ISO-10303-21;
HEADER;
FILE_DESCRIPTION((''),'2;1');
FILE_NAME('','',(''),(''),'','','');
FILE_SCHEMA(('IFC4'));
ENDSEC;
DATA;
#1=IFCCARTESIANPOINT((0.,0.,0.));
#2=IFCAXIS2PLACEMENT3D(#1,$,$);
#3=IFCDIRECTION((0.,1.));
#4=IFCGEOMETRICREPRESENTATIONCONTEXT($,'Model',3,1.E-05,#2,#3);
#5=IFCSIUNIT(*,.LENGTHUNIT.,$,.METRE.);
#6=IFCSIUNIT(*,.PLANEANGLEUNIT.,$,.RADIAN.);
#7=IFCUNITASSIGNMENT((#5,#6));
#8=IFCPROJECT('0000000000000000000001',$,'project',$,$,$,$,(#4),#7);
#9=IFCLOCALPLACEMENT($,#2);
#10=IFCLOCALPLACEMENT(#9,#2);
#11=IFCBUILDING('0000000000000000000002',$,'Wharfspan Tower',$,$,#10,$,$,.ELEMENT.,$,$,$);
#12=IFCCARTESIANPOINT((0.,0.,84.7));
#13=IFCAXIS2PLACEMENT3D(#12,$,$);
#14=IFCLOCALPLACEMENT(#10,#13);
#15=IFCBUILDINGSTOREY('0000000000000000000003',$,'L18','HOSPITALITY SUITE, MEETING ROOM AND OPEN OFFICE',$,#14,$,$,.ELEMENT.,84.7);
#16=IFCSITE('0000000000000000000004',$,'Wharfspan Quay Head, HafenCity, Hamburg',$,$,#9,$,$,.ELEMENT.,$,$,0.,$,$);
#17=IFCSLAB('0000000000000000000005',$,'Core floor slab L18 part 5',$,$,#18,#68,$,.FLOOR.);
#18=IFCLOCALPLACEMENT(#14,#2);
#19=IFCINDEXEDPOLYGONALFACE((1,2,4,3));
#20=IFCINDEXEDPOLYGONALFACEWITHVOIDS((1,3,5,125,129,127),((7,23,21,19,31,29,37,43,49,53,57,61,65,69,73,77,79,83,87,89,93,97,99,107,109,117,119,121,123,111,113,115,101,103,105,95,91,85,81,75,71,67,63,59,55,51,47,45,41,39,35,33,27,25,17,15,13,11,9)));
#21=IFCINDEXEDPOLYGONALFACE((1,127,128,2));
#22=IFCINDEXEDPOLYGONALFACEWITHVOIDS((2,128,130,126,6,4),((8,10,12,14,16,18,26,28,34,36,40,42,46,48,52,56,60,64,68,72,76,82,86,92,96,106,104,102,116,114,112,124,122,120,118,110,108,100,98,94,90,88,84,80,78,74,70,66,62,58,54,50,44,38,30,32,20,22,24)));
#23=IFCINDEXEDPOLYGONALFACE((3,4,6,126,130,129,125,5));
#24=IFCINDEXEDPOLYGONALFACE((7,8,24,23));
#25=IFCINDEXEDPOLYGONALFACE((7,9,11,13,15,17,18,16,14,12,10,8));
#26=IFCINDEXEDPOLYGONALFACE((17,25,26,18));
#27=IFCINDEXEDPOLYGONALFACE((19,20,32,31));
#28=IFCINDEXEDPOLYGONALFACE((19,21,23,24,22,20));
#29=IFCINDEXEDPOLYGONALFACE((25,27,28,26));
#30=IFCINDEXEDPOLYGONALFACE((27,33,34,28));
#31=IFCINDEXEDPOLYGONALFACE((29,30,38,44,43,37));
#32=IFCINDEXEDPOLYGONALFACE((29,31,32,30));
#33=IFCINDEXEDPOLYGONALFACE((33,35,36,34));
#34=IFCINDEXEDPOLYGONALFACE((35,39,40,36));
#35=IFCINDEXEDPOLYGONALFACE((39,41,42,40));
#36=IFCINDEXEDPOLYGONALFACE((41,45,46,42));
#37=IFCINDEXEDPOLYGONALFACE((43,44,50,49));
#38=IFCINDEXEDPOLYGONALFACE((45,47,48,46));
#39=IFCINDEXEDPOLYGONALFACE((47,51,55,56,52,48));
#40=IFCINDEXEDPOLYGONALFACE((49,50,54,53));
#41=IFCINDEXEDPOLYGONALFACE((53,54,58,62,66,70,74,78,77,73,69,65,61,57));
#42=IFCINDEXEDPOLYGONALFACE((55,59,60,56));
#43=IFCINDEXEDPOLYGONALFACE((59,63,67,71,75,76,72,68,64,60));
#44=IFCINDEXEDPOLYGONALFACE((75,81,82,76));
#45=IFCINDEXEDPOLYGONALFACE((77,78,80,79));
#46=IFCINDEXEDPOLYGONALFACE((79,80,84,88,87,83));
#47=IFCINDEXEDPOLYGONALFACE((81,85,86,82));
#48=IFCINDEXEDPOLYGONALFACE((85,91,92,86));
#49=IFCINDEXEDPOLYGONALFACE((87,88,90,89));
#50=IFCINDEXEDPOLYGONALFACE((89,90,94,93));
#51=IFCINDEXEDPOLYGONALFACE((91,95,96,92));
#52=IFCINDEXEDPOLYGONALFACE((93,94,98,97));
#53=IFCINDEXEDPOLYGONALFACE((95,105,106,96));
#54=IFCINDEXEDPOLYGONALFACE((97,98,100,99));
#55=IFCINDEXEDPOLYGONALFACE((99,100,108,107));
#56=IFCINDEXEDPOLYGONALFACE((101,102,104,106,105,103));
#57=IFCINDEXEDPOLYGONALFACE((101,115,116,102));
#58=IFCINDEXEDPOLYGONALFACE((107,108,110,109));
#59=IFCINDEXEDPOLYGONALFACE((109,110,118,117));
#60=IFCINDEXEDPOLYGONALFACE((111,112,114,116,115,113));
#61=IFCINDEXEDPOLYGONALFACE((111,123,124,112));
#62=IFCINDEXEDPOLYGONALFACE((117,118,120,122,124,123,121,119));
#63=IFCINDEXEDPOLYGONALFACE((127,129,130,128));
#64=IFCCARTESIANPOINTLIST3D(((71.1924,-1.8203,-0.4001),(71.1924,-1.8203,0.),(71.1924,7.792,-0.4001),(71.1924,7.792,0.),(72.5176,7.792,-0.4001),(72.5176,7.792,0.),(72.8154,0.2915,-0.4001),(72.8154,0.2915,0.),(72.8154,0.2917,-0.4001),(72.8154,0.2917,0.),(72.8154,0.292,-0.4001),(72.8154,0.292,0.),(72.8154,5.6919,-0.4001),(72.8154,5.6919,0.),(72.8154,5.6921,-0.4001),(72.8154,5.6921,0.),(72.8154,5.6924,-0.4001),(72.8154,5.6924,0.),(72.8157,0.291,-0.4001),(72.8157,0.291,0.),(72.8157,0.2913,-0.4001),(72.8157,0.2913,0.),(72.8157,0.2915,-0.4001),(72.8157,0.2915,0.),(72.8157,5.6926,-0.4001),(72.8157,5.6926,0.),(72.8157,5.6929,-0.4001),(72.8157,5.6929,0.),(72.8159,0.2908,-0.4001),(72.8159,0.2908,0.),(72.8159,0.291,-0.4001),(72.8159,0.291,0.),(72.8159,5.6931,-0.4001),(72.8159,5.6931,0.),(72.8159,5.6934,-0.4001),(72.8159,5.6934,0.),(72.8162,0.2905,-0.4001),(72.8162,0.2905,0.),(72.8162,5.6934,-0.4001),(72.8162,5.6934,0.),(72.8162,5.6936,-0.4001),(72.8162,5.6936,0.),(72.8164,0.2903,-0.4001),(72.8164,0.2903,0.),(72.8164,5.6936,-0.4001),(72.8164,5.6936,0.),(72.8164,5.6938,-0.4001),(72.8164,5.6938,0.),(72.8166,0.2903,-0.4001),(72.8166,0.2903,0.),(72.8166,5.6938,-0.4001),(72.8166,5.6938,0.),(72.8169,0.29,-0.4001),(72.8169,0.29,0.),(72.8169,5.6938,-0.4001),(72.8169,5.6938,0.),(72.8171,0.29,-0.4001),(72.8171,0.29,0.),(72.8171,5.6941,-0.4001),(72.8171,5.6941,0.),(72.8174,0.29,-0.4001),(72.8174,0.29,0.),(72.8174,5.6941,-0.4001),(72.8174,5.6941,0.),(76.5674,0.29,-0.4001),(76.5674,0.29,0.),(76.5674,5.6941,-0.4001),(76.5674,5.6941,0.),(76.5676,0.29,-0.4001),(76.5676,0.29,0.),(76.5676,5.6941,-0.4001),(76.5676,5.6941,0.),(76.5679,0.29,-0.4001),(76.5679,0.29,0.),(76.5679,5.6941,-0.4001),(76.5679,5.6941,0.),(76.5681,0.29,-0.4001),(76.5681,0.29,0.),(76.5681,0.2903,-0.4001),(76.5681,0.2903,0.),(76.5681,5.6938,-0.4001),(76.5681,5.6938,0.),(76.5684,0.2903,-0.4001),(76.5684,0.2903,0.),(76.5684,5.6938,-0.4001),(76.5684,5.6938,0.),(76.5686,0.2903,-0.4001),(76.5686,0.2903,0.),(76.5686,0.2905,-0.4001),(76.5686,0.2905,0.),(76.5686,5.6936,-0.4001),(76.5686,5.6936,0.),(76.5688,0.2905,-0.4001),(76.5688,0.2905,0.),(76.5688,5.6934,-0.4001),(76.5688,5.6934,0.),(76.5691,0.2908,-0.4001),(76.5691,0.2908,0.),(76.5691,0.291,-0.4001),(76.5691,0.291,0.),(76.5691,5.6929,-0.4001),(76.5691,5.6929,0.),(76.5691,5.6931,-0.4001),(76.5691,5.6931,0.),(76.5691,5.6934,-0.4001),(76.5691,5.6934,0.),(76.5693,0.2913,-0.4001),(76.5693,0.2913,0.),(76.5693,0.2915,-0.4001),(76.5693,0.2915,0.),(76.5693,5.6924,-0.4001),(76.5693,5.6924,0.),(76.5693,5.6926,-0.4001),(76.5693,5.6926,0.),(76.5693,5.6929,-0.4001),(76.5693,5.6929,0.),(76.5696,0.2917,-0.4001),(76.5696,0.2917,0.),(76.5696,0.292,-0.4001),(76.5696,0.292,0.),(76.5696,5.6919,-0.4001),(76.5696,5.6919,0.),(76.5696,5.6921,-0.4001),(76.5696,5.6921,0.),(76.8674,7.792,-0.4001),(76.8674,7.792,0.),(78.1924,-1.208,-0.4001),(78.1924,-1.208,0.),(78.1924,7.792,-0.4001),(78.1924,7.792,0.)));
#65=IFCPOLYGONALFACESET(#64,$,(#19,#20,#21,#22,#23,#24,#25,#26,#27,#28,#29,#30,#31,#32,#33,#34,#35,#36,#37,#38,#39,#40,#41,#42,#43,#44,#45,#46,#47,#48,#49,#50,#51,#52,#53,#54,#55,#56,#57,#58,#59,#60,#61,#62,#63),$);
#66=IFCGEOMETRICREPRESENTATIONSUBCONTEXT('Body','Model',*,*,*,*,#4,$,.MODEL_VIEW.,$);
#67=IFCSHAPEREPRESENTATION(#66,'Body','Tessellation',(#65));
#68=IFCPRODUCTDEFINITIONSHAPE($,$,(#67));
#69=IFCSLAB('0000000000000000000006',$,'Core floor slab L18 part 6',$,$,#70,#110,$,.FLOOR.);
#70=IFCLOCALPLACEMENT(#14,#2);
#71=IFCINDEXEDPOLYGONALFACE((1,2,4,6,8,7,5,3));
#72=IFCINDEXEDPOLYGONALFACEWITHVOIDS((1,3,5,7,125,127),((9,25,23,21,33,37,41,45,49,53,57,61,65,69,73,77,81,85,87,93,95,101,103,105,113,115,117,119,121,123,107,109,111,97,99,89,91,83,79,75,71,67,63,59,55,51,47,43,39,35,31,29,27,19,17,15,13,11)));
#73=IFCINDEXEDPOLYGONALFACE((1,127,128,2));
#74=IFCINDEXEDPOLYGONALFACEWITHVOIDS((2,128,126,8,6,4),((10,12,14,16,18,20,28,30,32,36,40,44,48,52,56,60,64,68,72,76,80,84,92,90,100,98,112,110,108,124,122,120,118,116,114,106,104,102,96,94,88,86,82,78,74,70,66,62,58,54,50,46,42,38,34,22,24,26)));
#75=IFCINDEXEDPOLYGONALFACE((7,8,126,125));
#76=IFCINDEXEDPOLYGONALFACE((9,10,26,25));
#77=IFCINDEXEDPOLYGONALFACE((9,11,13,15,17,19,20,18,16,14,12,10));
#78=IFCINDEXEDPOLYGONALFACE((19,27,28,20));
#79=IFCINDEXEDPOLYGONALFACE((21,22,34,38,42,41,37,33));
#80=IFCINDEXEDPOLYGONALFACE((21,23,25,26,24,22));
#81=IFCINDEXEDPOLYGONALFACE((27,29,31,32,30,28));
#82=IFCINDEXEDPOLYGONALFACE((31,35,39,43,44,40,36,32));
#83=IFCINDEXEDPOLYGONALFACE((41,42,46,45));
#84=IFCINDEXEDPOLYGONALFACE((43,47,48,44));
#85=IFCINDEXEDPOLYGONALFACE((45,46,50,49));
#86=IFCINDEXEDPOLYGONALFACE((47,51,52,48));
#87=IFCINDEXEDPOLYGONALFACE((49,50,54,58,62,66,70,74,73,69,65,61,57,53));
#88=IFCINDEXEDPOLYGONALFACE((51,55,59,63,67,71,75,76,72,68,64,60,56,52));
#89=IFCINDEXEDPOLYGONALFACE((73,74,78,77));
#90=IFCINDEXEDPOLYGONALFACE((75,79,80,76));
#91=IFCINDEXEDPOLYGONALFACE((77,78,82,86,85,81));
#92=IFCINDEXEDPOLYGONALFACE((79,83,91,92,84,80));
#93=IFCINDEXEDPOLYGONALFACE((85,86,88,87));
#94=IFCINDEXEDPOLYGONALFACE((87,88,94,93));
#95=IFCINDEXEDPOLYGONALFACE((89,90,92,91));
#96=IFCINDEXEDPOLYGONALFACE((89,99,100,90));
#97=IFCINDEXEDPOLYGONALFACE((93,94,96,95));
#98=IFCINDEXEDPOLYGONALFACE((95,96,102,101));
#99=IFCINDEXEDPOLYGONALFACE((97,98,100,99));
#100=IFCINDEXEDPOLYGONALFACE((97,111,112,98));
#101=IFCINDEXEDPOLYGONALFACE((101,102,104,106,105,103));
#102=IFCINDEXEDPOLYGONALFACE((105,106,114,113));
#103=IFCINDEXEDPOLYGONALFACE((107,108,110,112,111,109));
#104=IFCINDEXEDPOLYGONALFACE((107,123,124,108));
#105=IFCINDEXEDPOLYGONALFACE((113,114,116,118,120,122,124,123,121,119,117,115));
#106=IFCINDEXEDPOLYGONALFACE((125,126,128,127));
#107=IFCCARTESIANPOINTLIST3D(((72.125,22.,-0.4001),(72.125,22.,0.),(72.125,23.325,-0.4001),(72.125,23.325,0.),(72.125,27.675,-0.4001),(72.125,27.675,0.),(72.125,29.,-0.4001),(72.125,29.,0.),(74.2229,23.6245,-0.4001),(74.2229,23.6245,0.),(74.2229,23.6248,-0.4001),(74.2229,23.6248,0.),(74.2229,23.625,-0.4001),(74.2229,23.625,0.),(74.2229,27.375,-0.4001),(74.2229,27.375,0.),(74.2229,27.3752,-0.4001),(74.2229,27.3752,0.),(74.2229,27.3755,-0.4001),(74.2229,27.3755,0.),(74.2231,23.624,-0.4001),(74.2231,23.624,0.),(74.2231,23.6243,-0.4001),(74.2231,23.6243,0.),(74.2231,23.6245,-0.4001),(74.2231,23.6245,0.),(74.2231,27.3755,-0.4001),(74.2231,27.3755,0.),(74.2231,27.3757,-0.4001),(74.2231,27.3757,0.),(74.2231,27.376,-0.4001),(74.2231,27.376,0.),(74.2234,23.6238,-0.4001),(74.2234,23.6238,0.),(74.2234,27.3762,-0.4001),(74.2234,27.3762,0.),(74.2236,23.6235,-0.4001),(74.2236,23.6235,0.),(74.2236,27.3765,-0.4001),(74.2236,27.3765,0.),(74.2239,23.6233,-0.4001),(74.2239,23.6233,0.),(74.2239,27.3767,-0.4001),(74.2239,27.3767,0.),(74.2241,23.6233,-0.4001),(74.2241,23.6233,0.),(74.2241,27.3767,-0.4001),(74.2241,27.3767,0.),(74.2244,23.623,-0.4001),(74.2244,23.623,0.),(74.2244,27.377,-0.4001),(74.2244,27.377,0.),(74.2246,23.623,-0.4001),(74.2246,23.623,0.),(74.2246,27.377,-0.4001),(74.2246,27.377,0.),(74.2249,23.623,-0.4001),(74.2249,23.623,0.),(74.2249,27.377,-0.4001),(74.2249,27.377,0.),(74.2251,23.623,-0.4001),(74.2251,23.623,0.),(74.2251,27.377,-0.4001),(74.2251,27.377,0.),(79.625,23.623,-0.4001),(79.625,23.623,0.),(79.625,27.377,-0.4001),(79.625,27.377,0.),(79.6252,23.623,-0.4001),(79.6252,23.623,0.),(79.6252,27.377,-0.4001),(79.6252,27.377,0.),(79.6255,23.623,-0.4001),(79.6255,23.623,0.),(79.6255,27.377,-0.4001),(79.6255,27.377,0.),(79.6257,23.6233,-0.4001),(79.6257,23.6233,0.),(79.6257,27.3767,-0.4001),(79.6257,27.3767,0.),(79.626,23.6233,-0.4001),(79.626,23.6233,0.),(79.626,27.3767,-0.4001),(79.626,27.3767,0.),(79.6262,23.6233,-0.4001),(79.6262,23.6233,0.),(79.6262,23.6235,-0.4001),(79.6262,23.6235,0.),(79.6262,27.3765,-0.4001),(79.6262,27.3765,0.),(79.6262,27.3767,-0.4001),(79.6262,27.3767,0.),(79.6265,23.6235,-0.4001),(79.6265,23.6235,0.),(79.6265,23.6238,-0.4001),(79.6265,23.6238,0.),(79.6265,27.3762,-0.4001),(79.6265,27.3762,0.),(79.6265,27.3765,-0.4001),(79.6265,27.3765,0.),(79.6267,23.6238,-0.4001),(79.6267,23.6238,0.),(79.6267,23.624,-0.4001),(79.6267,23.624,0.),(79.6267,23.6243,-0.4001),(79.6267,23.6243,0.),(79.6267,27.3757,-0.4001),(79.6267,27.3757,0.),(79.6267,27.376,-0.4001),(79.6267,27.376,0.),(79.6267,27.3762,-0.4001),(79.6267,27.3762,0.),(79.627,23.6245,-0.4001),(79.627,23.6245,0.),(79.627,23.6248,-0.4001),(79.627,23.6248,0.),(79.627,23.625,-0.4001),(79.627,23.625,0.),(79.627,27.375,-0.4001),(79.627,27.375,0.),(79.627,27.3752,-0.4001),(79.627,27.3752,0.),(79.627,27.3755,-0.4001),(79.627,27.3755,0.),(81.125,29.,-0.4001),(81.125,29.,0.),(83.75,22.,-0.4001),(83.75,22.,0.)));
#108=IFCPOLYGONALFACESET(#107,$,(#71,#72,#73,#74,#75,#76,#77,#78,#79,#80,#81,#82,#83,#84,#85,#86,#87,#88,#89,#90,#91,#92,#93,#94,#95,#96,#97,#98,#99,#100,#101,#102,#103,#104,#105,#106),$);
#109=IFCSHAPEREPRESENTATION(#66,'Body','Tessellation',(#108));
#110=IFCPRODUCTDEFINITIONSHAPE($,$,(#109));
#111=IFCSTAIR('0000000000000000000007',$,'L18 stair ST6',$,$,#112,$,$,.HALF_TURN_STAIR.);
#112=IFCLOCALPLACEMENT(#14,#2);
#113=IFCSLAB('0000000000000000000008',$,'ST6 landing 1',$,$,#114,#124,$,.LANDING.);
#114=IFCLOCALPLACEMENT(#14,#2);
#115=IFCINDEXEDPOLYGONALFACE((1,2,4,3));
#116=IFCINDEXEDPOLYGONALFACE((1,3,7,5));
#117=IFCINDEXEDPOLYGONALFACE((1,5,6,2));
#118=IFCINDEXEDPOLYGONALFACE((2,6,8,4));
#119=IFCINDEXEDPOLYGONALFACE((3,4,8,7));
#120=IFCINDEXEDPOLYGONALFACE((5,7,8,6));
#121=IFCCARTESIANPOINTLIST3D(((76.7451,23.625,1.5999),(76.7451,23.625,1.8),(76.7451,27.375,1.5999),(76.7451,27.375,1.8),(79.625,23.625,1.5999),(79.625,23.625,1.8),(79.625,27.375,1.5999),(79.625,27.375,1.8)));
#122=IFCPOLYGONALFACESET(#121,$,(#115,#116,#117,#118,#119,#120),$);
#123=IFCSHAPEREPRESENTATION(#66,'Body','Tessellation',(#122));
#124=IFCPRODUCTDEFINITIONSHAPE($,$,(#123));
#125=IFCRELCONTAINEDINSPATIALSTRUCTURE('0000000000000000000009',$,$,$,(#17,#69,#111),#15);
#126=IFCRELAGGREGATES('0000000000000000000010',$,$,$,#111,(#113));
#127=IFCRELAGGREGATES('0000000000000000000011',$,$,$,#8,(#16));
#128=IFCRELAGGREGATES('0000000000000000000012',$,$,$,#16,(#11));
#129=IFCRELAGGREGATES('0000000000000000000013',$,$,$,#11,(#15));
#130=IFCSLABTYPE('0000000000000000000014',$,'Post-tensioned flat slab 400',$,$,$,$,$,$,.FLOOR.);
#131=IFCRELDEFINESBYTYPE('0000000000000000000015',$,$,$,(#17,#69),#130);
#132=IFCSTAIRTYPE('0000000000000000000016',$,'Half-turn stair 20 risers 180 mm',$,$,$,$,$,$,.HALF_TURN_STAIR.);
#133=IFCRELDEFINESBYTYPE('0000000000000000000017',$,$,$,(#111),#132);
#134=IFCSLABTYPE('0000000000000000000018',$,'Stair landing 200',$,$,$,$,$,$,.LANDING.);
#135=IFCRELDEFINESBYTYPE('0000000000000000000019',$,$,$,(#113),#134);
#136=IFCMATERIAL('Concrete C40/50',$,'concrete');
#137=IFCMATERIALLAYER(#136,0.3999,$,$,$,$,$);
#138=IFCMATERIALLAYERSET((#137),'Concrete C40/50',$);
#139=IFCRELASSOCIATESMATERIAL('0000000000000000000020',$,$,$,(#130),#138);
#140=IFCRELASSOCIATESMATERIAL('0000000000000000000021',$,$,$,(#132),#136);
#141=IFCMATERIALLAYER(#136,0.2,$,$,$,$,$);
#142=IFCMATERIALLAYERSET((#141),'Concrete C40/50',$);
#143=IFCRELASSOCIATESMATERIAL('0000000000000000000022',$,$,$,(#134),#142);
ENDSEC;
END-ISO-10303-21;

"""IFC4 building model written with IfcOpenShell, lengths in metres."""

from ifc_helpers import new_model, si_unit, direction, frame, origin, place, context, subcontext, project, spatial, polyline, outline, extrude, material, layer, layer_set, type_object, element, aggregate, save


model = new_model("IFC4")

# Units and contexts
model_context = context("Model", 3, precision=1e-05, world=origin(), true_north=direction((0.0, 1.0)))
body_context = subcontext(model_context, "Body", "Model", "MODEL_VIEW")
ifc_project = project(units=[si_unit("LENGTHUNIT", "METRE"), si_unit("PLANEANGLEUNIT", "RADIAN")], contexts=[model_context])

# Site, building, storey
site_placement = place(None, origin())
site = spatial("IfcSite", under=ifc_project, at=site_placement, Name="Wharfspan Quay Head, HafenCity, Hamburg", CompositionType="ELEMENT", RefElevation=0.0)
building_placement = place(site_placement, origin())
building = spatial("IfcBuilding", under=site, at=building_placement, Name="Wharfspan Tower", CompositionType="ELEMENT")
storey_placement = place(building_placement, frame((0.0, 0.0, 84.7)))
storey = spatial("IfcBuildingStorey", under=building, at=storey_placement, Name="L18", Description="HOSPITALITY SUITE, MEETING ROOM AND OPEN OFFICE", CompositionType="ELEMENT", Elevation=84.7)

# Slabs
ifc_material_1 = material(Name="Concrete C40/50", Category="concrete")
ifc_layer_1 = layer(ifc_material_1, 0.3999)
ifc_layer_set_1 = layer_set([ifc_layer_1], Name="Concrete C40/50")
slab_type_1 = type_object("IfcSlabType", Name="Post-tensioned flat slab 400", PredefinedType="FLOOR", material=ifc_layer_set_1)
slab_1_placement = place(storey_placement, frame((0.0, 0.0, -0.4001)))
element("IfcSlab", 1, at=slab_1_placement, inside=storey, type_object=slab_type_1, Name="Core floor slab L18 part 5", PredefinedType="FLOOR", context=body_context, shape_type="SweptSolid", body=[
    extrude(outline(polyline([(78.1924, 7.792), (76.8674, 7.792), (72.5176, 7.792), (71.1924, 7.792), (71.1924, -1.8203), (78.1924, -1.208), (78.1924, 7.792)]), holes=[polyline([(76.5674, 5.6941), (76.5676, 5.6941), (76.5679, 5.6941), (76.5681, 5.6938), (76.5681, 5.6938), (76.5684, 5.6938), (76.5686, 5.6936), (76.5686, 5.6936), (76.5688, 5.6934), (76.5691, 5.6934), (76.5691, 5.6931), (76.5691, 5.6929), (76.5693, 5.6929), (76.5693, 5.6926), (76.5693, 5.6924), (76.5696, 5.6921), (76.5696, 5.6919), (76.5696, 0.292), (76.5696, 0.2917), (76.5693, 0.2915), (76.5693, 0.2915), (76.5693, 0.2913), (76.5691, 0.291), (76.5691, 0.291), (76.5691, 0.2908), (76.5688, 0.2905), (76.5686, 0.2905), (76.5686, 0.2903), (76.5684, 0.2903), (76.5681, 0.2903), (76.5681, 0.29), (76.5679, 0.29), (76.5676, 0.29), (76.5674, 0.29), (72.8174, 0.29), (72.8174, 0.29), (72.8171, 0.29), (72.8169, 0.29), (72.8166, 0.2903), (72.8164, 0.2903), (72.8164, 0.2903), (72.8162, 0.2905), (72.8162, 0.2905), (72.8159, 0.2908), (72.8159, 0.291), (72.8157, 0.291), (72.8157, 0.2913), (72.8157, 0.2915), (72.8154, 0.2915), (72.8154, 0.2917), (72.8154, 0.292), (72.8154, 5.6919), (72.8154, 5.6921), (72.8154, 5.6924), (72.8157, 5.6926), (72.8157, 5.6929), (72.8157, 5.6929), (72.8159, 5.6931), (72.8159, 5.6934), (72.8162, 5.6934), (72.8162, 5.6936), (72.8164, 5.6936), (72.8164, 5.6938), (72.8166, 5.6938), (72.8169, 5.6938), (72.8171, 5.6941), (72.8174, 5.6941), (72.8174, 5.6941), (76.5674, 5.6941)])]), origin(), (0.0, 0.0, 1.0), 0.4001),
])
slab_2_placement = place(storey_placement, frame((0.0, 0.0, -0.4001)))
element("IfcSlab", 2, at=slab_2_placement, inside=storey, type_object=slab_type_1, Name="Core floor slab L18 part 6", PredefinedType="FLOOR", context=body_context, shape_type="SweptSolid", body=[
    extrude(outline(polyline([(81.125, 29.0), (72.125, 29.0), (72.125, 27.675), (72.125, 23.325), (72.125, 22.0), (83.75, 22.0), (81.125, 29.0)]), holes=[polyline([(74.2229, 27.375), (74.2229, 27.3752), (74.2229, 27.3755), (74.2231, 27.3755), (74.2231, 27.3757), (74.2231, 27.376), (74.2234, 27.3762), (74.2234, 27.3762), (74.2236, 27.3765), (74.2236, 27.3765), (74.2239, 27.3767), (74.2241, 27.3767), (74.2241, 27.3767), (74.2244, 27.377), (74.2246, 27.377), (74.2249, 27.377), (74.2251, 27.377), (79.625, 27.377), (79.6252, 27.377), (79.6255, 27.377), (79.6255, 27.377), (79.6257, 27.3767), (79.626, 27.3767), (79.6262, 27.3767), (79.6262, 27.3765), (79.6265, 27.3765), (79.6265, 27.3762), (79.6267, 27.3762), (79.6267, 27.376), (79.6267, 27.3757), (79.627, 27.3755), (79.627, 27.3755), (79.627, 27.3752), (79.627, 27.375), (79.627, 23.625), (79.627, 23.6248), (79.627, 23.6245), (79.627, 23.6245), (79.6267, 23.6243), (79.6267, 23.624), (79.6267, 23.6238), (79.6265, 23.6238), (79.6265, 23.6235), (79.6262, 23.6235), (79.6262, 23.6233), (79.626, 23.6233), (79.6257, 23.6233), (79.6255, 23.623), (79.6255, 23.623), (79.6252, 23.623), (79.625, 23.623), (74.2251, 23.623), (74.2249, 23.623), (74.2246, 23.623), (74.2244, 23.623), (74.2241, 23.6233), (74.2241, 23.6233), (74.2239, 23.6233), (74.2236, 23.6235), (74.2236, 23.6235), (74.2234, 23.6238), (74.2234, 23.6238), (74.2231, 23.624), (74.2231, 23.6243), (74.2231, 23.6245), (74.2229, 23.6245), (74.2229, 23.6248), (74.2229, 23.625), (74.2229, 27.375)])]), origin(), (0.0, 0.0, 1.0), 0.4001),
])

# Stair, slab
stair_type = type_object("IfcStairType", Name="Half-turn stair 20 risers 180 mm", PredefinedType="HALF_TURN_STAIR", material=ifc_material_1)
stair_placement = place(storey_placement, origin())
stair = element("IfcStair", 3, at=stair_placement, inside=storey, type_object=stair_type, Name="L18 stair ST6", PredefinedType="HALF_TURN_STAIR")
ifc_layer_2 = layer(ifc_material_1, 0.2)
ifc_layer_set_2 = layer_set([ifc_layer_2], Name="Concrete C40/50")
slab_type_2 = type_object("IfcSlabType", Name="Stair landing 200", PredefinedType="LANDING", material=ifc_layer_set_2)
slab_3_placement = place(storey_placement, frame((0.0, 0.0, 1.5999)))
slab_3 = element("IfcSlab", 4, at=slab_3_placement, type_object=slab_type_2, Name="ST6 landing 1", PredefinedType="LANDING", context=body_context, shape_type="SweptSolid", body=[
    extrude(outline(polyline([(76.7451, 23.625), (79.625, 23.625), (79.625, 27.375), (76.7451, 27.375), (76.7451, 23.625)])), origin(), (0.0, 0.0, 1.0), 0.2002),
])
aggregate(stair, [slab_3])

save(model, "model.ifc")
